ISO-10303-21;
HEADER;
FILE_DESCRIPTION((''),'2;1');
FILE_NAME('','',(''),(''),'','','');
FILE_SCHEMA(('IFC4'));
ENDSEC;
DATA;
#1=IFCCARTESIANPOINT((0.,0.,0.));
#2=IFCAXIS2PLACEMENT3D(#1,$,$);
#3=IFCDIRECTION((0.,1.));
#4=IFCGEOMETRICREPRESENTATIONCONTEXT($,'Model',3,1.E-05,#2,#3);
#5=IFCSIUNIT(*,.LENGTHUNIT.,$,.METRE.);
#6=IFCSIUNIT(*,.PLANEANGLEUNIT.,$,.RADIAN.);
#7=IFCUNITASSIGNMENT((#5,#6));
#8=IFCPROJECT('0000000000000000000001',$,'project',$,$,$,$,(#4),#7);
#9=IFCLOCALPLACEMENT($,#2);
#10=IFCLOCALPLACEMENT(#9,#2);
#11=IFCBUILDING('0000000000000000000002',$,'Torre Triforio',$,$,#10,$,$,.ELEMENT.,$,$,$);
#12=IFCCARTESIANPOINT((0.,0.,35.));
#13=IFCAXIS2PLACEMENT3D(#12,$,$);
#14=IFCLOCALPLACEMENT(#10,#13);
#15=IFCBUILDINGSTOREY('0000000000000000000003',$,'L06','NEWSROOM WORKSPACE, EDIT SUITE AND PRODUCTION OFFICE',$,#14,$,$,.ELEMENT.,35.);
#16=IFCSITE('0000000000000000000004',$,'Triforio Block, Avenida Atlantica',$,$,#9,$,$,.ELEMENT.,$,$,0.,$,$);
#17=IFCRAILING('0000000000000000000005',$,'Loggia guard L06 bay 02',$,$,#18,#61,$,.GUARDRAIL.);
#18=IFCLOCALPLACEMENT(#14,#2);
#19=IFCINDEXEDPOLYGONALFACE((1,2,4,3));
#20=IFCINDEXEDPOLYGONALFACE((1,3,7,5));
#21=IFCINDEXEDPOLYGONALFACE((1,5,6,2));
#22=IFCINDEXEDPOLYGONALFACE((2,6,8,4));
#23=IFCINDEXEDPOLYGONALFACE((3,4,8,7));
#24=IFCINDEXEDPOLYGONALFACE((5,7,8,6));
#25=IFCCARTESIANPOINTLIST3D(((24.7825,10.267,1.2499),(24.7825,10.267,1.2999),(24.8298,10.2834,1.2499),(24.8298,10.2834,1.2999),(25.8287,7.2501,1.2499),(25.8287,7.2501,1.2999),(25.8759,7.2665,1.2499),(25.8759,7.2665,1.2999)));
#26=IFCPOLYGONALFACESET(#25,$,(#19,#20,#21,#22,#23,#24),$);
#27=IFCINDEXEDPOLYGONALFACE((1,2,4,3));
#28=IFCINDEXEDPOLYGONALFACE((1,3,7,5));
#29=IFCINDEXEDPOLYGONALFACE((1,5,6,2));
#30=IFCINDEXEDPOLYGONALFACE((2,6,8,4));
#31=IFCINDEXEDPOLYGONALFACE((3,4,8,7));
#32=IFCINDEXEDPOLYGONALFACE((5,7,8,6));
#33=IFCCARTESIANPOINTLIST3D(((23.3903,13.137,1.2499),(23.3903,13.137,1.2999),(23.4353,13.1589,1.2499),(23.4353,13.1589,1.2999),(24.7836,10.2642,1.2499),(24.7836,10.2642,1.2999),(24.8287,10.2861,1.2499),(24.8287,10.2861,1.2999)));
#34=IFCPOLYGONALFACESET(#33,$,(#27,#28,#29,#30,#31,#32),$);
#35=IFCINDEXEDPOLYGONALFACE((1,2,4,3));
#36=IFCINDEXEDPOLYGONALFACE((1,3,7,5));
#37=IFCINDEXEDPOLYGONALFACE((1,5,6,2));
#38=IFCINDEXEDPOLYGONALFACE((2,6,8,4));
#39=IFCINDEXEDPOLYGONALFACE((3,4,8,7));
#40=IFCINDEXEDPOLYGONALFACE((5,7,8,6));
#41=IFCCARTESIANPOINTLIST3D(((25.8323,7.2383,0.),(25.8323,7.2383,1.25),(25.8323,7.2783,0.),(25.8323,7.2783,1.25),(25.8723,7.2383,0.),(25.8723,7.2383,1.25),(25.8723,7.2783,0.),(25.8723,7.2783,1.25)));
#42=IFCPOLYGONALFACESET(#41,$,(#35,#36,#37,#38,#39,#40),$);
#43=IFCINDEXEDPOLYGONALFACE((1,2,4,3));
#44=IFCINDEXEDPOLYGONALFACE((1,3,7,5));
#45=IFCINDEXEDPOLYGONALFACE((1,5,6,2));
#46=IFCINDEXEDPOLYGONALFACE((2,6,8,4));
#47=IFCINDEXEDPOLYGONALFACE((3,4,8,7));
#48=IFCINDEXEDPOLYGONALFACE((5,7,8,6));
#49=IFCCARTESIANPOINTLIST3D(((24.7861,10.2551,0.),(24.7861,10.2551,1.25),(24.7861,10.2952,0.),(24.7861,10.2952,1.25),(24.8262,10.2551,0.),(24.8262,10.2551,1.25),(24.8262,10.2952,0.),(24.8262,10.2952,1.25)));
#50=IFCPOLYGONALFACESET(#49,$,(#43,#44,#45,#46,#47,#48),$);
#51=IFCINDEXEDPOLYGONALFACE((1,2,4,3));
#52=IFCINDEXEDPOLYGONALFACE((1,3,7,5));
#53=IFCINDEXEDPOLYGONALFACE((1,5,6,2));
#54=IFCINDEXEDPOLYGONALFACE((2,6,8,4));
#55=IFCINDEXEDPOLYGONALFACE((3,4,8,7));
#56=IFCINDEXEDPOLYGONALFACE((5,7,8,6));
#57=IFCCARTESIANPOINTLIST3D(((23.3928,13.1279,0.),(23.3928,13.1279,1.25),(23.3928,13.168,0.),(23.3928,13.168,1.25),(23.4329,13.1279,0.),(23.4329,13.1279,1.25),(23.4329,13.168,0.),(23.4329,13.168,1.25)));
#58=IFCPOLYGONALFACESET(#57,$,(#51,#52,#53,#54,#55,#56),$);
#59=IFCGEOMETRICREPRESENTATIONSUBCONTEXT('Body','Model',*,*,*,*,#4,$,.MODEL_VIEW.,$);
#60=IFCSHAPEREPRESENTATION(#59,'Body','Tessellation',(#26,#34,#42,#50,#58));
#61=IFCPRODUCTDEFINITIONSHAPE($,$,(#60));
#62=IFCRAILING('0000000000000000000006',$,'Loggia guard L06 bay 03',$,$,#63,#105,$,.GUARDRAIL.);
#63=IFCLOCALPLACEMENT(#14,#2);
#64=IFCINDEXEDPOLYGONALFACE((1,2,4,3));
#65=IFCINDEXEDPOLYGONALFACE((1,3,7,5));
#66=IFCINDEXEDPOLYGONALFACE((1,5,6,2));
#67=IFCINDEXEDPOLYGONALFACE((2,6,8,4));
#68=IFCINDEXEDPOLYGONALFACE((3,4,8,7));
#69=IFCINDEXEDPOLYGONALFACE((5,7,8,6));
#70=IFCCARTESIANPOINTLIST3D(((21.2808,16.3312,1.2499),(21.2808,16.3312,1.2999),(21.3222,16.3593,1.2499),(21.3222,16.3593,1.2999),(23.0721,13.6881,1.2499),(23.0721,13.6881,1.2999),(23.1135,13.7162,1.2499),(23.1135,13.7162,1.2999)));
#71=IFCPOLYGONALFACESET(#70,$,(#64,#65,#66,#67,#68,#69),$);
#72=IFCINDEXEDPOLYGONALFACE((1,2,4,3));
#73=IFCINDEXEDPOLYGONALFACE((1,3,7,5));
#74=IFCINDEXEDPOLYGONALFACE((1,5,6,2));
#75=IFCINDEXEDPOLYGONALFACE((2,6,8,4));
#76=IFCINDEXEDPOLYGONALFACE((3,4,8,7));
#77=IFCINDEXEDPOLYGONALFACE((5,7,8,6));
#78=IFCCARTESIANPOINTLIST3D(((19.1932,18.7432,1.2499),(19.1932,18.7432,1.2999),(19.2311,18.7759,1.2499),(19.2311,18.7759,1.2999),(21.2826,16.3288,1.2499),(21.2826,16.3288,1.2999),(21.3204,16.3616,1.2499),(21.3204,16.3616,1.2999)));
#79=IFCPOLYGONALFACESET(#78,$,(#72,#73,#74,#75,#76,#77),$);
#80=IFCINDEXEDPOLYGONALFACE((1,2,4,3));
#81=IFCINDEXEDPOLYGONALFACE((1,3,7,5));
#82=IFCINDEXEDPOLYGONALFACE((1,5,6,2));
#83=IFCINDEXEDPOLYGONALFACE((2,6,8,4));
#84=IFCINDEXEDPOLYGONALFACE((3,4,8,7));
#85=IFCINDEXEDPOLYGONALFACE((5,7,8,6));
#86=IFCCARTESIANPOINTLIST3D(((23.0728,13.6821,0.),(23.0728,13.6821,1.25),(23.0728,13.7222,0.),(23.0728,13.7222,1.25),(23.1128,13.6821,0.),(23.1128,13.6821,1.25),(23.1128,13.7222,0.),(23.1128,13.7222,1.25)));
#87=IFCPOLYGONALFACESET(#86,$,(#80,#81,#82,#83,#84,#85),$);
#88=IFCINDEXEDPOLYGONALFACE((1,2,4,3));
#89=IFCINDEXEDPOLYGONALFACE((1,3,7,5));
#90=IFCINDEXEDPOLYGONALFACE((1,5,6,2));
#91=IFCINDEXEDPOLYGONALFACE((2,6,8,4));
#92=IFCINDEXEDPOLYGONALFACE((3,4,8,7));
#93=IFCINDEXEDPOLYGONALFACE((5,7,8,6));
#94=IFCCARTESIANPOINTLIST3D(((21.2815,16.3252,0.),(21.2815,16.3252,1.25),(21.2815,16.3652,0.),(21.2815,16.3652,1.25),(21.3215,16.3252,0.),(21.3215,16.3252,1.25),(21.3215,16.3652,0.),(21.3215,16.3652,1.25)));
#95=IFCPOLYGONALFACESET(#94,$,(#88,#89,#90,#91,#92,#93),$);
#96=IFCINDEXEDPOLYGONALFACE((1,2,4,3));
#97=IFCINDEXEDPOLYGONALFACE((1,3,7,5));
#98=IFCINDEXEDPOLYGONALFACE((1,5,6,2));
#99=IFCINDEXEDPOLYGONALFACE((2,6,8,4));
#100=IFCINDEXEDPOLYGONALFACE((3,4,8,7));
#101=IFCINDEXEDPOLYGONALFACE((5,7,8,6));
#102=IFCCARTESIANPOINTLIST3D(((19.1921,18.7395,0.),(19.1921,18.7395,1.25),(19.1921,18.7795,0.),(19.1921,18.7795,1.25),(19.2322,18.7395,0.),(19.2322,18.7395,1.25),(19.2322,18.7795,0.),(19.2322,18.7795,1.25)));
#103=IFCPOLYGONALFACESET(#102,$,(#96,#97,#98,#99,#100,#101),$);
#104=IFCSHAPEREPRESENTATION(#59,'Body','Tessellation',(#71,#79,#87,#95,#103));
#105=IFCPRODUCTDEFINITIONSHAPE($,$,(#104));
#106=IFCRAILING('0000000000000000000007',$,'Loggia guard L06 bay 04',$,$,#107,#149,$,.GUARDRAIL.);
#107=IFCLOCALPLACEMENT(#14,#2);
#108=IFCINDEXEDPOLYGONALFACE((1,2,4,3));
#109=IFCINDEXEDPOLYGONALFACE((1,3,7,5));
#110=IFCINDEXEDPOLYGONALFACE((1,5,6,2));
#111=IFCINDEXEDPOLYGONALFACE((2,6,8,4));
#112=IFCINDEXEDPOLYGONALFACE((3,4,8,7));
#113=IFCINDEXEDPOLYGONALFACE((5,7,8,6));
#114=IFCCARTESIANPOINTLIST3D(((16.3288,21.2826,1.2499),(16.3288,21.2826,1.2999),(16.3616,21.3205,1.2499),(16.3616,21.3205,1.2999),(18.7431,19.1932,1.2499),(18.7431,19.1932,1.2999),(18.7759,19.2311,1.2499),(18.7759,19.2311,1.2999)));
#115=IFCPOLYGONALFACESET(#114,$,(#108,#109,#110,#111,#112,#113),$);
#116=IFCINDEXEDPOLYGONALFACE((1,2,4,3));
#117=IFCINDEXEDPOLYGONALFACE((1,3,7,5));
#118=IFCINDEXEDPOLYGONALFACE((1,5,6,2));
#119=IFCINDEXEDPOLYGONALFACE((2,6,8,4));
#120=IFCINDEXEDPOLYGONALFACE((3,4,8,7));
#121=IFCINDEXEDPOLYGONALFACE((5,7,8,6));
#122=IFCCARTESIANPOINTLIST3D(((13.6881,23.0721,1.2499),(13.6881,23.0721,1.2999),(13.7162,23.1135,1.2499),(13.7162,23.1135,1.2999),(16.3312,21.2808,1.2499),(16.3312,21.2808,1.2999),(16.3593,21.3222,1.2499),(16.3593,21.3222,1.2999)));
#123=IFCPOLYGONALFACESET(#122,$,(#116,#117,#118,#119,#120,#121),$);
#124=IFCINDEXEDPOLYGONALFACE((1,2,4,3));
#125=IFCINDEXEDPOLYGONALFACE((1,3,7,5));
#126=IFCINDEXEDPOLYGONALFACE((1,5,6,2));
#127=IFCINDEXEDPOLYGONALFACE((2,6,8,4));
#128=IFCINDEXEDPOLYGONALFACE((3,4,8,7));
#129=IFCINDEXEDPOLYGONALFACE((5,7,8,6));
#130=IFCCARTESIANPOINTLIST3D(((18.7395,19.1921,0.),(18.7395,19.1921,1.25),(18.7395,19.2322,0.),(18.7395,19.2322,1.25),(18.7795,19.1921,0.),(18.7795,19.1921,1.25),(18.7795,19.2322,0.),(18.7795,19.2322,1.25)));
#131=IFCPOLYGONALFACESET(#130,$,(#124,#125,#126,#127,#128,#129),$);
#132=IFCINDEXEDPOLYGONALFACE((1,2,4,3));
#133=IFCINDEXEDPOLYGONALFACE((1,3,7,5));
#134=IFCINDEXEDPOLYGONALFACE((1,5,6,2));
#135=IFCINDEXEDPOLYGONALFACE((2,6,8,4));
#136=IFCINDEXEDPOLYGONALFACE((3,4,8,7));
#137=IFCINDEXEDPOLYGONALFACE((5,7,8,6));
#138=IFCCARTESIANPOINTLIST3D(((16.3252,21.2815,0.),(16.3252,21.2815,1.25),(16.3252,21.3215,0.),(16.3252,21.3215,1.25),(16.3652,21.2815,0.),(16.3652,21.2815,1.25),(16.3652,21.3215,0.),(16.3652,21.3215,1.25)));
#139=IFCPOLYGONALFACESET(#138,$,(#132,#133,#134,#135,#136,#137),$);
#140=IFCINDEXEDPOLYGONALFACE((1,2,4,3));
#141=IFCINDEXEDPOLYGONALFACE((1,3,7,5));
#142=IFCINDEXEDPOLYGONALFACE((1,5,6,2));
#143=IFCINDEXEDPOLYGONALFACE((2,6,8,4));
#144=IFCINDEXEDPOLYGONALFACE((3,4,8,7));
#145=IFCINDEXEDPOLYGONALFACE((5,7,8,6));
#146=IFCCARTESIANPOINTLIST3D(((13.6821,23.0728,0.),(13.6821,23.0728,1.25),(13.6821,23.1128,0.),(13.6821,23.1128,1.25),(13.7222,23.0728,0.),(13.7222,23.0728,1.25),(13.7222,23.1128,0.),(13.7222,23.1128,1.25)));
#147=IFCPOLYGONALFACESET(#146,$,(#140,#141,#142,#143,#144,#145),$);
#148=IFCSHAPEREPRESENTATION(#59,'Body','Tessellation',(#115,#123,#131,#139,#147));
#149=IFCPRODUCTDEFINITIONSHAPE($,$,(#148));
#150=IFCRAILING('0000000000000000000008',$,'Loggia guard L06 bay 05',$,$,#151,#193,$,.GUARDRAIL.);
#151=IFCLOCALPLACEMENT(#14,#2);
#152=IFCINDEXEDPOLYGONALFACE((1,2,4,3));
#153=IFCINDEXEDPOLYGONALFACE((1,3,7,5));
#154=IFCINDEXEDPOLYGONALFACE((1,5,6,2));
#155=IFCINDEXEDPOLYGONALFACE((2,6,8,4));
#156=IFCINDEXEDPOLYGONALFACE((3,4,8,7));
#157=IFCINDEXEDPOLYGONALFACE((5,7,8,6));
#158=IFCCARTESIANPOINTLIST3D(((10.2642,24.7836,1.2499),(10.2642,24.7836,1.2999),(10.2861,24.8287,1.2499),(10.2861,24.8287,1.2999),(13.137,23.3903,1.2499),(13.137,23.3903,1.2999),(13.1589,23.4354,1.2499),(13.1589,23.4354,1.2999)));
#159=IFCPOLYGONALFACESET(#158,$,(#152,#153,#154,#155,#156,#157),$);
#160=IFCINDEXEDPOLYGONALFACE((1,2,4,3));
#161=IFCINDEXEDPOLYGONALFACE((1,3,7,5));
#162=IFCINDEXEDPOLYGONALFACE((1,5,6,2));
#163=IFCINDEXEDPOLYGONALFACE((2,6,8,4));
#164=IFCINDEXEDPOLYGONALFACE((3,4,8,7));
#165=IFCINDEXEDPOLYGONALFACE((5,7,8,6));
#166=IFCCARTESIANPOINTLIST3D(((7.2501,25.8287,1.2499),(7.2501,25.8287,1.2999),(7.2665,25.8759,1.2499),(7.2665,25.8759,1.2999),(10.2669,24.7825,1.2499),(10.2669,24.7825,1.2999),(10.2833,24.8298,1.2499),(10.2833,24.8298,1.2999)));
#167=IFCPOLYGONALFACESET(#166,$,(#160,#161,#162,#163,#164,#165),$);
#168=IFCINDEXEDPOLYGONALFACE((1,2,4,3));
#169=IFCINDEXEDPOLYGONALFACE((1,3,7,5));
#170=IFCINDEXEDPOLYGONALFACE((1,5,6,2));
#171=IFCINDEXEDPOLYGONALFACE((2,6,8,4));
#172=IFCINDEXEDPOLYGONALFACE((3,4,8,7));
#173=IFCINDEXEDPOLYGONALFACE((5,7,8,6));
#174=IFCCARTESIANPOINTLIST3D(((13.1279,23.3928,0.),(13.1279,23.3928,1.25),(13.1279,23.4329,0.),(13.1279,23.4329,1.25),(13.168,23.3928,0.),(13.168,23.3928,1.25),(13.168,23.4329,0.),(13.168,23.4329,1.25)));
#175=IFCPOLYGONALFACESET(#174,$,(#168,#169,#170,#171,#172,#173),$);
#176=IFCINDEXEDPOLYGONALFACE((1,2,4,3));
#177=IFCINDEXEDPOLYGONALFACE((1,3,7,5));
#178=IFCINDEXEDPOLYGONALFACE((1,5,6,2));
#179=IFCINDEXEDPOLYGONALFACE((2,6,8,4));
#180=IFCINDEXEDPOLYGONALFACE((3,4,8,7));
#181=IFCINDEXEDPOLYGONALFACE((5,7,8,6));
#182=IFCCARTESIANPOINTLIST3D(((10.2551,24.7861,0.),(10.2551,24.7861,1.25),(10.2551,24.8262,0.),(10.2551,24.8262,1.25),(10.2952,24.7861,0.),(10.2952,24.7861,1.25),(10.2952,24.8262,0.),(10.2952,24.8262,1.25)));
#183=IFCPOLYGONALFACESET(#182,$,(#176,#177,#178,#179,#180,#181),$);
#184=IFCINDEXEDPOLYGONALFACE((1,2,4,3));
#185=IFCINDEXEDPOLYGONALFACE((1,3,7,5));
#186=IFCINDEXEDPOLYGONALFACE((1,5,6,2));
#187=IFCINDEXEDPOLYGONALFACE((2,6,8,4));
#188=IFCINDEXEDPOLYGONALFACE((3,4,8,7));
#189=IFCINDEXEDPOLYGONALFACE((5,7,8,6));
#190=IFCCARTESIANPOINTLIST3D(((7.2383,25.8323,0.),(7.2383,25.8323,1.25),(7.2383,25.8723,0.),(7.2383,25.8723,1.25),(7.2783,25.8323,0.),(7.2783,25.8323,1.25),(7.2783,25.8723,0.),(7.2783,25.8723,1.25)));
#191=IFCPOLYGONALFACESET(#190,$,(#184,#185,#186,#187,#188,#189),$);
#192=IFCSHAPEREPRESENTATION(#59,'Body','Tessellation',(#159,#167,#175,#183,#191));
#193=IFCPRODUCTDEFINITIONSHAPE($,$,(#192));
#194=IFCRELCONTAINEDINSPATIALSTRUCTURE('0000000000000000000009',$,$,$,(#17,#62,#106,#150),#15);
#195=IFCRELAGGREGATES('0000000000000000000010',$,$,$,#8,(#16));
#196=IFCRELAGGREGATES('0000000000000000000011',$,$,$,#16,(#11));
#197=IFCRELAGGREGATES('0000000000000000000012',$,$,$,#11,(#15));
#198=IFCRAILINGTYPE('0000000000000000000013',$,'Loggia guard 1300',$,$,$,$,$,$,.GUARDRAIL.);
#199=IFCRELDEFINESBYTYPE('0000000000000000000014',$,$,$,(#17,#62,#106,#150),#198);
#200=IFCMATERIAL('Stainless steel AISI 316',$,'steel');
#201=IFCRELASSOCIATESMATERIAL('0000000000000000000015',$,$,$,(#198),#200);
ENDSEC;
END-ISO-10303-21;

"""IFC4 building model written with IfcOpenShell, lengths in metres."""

from ifc_helpers import new_model, si_unit, direction, frame, origin, origin_2d, place, context, subcontext, project, spatial, rectangle, extrude, material, type_object, element, save


model = new_model("IFC4")

# Units and contexts
model_context = context("Model", 3, precision=1e-05, world=origin(), true_north=direction((0.0, 1.0)))
body_context = subcontext(model_context, "Body", "Model", "MODEL_VIEW")
ifc_project = project(units=[si_unit("LENGTHUNIT", "METRE"), si_unit("PLANEANGLEUNIT", "RADIAN")], contexts=[model_context])

# Site, building, storey
site_placement = place(None, origin())
site = spatial("IfcSite", under=ifc_project, at=site_placement, Name="Triforio Block, Avenida Atlantica", CompositionType="ELEMENT", RefElevation=0.0)
building_placement = place(site_placement, origin())
building = spatial("IfcBuilding", under=site, at=building_placement, Name="Torre Triforio", CompositionType="ELEMENT")
storey_placement = place(building_placement, frame((0.0, 0.0, 35.0)))
storey = spatial("IfcBuildingStorey", under=building, at=storey_placement, Name="L06", Description="NEWSROOM WORKSPACE, EDIT SUITE AND PRODUCTION OFFICE", CompositionType="ELEMENT", Elevation=35.0)

# Railings
ifc_material_1 = material(Name="Stainless steel AISI 316", Category="steel")
railing_type = type_object("IfcRailingType", Name="Loggia guard 1300", PredefinedType="GUARDRAIL", material=ifc_material_1)
railing_1_placement = place(storey_placement, frame((25.8523, 7.2583, 0.0)))
element("IfcRailing", 1, at=railing_1_placement, inside=storey, type_object=railing_type, Name="Loggia guard L06 bay 02", PredefinedType="GUARDRAIL", context=body_context, shape_type="SweptSolid", body=[
    extrude(rectangle(XDim=0.05, YDim=0.05, at=origin_2d()), frame((0.0, 0.0, 1.2749), z_axis=(-0.327628, 0.944807, 0.0), x_axis=(-0.944807, -0.327628, 0.0)), (0.0, 0.0, 1.0), 3.1931),
    extrude(rectangle(XDim=0.05, YDim=0.05, at=origin_2d()), frame((-1.0461, 3.0168, 1.2749), z_axis=(-0.436384, 0.89976, 0.0), x_axis=(-0.89976, -0.436384, 0.0)), (0.0, 0.0, 1.0), 3.1929),
    extrude(rectangle(XDim=0.04, YDim=0.04, at=origin_2d()), origin(), (0.0, 0.0, 1.0), 1.25),
    extrude(rectangle(XDim=0.04, YDim=0.04, at=origin_2d()), frame((-1.0461, 3.0168, 0.0)), (0.0, 0.0, 1.0), 1.25),
    extrude(rectangle(XDim=0.04, YDim=0.04, at=origin_2d()), frame((-2.4395, 5.8896, 0.0)), (0.0, 0.0, 1.0), 1.25),
])
railing_2_placement = place(storey_placement, frame((23.0928, 13.7021, 0.0)))
element("IfcRailing", 2, at=railing_2_placement, inside=storey, type_object=railing_type, Name="Loggia guard L06 bay 03", PredefinedType="GUARDRAIL", context=body_context, shape_type="SweptSolid", body=[
    extrude(rectangle(XDim=0.05, YDim=0.05, at=origin_2d()), frame((0.0, 0.0, 1.2749), z_axis=(-0.561019, 0.827803, 0.0), x_axis=(-0.827803, -0.561019, 0.0)), (0.0, 0.0, 1.0), 3.1929),
    extrude(rectangle(XDim=0.05, YDim=0.05, at=origin_2d()), frame((-1.7913, 2.6431, 1.2749), z_axis=(-0.654386, 0.756161, 0.0), x_axis=(-0.756161, -0.654386, 0.0)), (0.0, 0.0, 1.0), 3.1929),
    extrude(rectangle(XDim=0.04, YDim=0.04, at=origin_2d()), origin(), (0.0, 0.0, 1.0), 1.25),
    extrude(rectangle(XDim=0.04, YDim=0.04, at=origin_2d()), frame((-1.7913, 2.6431, 0.0)), (0.0, 0.0, 1.0), 1.25),
    extrude(rectangle(XDim=0.04, YDim=0.04, at=origin_2d()), frame((-3.8806, 5.0574, 0.0)), (0.0, 0.0, 1.0), 1.25),
])
railing_3_placement = place(storey_placement, frame((18.7595, 19.2122, 0.0)))
element("IfcRailing", 3, at=railing_3_placement, inside=storey, type_object=railing_type, Name="Loggia guard L06 bay 04", PredefinedType="GUARDRAIL", context=body_context, shape_type="SweptSolid", body=[
    extrude(rectangle(XDim=0.05, YDim=0.05, at=origin_2d()), frame((0.0, 0.0, 1.2749), z_axis=(-0.756161, 0.654386, 0.0), x_axis=(-0.654386, -0.756161, 0.0)), (0.0, 0.0, 1.0), 3.1929),
    extrude(rectangle(XDim=0.05, YDim=0.05, at=origin_2d()), frame((-2.4143, 2.0894, 1.2749), z_axis=(-0.827803, 0.561019, 0.0), x_axis=(-0.561019, -0.827803, 0.0)), (0.0, 0.0, 1.0), 3.1929),
    extrude(rectangle(XDim=0.04, YDim=0.04, at=origin_2d()), origin(), (0.0, 0.0, 1.0), 1.25),
    extrude(rectangle(XDim=0.04, YDim=0.04, at=origin_2d()), frame((-2.4143, 2.0894, 0.0)), (0.0, 0.0, 1.0), 1.25),
    extrude(rectangle(XDim=0.04, YDim=0.04, at=origin_2d()), frame((-5.0574, 3.8806, 0.0)), (0.0, 0.0, 1.0), 1.25),
])
railing_4_placement = place(storey_placement, frame((13.1479, 23.4128, 0.0)))
element("IfcRailing", 4, at=railing_4_placement, inside=storey, type_object=railing_type, Name="Loggia guard L06 bay 05", PredefinedType="GUARDRAIL", context=body_context, shape_type="SweptSolid", body=[
    extrude(rectangle(XDim=0.05, YDim=0.05, at=origin_2d()), frame((0.0, 0.0, 1.2749), z_axis=(-0.89976, 0.436384, 0.0), x_axis=(-0.436384, -0.89976, 0.0)), (0.0, 0.0, 1.0), 3.1929),
    extrude(rectangle(XDim=0.05, YDim=0.05, at=origin_2d()), frame((-2.8728, 1.3933, 1.2749), z_axis=(-0.944807, 0.327628, 0.0), x_axis=(-0.327628, -0.944807, 0.0)), (0.0, 0.0, 1.0), 3.1931),
    extrude(rectangle(XDim=0.04, YDim=0.04, at=origin_2d()), origin(), (0.0, 0.0, 1.0), 1.25),
    extrude(rectangle(XDim=0.04, YDim=0.04, at=origin_2d()), frame((-2.8728, 1.3933, 0.0)), (0.0, 0.0, 1.0), 1.25),
    extrude(rectangle(XDim=0.04, YDim=0.04, at=origin_2d()), frame((-5.8896, 2.4395, 0.0)), (0.0, 0.0, 1.0), 1.25),
])

save(model, "model.ifc")
